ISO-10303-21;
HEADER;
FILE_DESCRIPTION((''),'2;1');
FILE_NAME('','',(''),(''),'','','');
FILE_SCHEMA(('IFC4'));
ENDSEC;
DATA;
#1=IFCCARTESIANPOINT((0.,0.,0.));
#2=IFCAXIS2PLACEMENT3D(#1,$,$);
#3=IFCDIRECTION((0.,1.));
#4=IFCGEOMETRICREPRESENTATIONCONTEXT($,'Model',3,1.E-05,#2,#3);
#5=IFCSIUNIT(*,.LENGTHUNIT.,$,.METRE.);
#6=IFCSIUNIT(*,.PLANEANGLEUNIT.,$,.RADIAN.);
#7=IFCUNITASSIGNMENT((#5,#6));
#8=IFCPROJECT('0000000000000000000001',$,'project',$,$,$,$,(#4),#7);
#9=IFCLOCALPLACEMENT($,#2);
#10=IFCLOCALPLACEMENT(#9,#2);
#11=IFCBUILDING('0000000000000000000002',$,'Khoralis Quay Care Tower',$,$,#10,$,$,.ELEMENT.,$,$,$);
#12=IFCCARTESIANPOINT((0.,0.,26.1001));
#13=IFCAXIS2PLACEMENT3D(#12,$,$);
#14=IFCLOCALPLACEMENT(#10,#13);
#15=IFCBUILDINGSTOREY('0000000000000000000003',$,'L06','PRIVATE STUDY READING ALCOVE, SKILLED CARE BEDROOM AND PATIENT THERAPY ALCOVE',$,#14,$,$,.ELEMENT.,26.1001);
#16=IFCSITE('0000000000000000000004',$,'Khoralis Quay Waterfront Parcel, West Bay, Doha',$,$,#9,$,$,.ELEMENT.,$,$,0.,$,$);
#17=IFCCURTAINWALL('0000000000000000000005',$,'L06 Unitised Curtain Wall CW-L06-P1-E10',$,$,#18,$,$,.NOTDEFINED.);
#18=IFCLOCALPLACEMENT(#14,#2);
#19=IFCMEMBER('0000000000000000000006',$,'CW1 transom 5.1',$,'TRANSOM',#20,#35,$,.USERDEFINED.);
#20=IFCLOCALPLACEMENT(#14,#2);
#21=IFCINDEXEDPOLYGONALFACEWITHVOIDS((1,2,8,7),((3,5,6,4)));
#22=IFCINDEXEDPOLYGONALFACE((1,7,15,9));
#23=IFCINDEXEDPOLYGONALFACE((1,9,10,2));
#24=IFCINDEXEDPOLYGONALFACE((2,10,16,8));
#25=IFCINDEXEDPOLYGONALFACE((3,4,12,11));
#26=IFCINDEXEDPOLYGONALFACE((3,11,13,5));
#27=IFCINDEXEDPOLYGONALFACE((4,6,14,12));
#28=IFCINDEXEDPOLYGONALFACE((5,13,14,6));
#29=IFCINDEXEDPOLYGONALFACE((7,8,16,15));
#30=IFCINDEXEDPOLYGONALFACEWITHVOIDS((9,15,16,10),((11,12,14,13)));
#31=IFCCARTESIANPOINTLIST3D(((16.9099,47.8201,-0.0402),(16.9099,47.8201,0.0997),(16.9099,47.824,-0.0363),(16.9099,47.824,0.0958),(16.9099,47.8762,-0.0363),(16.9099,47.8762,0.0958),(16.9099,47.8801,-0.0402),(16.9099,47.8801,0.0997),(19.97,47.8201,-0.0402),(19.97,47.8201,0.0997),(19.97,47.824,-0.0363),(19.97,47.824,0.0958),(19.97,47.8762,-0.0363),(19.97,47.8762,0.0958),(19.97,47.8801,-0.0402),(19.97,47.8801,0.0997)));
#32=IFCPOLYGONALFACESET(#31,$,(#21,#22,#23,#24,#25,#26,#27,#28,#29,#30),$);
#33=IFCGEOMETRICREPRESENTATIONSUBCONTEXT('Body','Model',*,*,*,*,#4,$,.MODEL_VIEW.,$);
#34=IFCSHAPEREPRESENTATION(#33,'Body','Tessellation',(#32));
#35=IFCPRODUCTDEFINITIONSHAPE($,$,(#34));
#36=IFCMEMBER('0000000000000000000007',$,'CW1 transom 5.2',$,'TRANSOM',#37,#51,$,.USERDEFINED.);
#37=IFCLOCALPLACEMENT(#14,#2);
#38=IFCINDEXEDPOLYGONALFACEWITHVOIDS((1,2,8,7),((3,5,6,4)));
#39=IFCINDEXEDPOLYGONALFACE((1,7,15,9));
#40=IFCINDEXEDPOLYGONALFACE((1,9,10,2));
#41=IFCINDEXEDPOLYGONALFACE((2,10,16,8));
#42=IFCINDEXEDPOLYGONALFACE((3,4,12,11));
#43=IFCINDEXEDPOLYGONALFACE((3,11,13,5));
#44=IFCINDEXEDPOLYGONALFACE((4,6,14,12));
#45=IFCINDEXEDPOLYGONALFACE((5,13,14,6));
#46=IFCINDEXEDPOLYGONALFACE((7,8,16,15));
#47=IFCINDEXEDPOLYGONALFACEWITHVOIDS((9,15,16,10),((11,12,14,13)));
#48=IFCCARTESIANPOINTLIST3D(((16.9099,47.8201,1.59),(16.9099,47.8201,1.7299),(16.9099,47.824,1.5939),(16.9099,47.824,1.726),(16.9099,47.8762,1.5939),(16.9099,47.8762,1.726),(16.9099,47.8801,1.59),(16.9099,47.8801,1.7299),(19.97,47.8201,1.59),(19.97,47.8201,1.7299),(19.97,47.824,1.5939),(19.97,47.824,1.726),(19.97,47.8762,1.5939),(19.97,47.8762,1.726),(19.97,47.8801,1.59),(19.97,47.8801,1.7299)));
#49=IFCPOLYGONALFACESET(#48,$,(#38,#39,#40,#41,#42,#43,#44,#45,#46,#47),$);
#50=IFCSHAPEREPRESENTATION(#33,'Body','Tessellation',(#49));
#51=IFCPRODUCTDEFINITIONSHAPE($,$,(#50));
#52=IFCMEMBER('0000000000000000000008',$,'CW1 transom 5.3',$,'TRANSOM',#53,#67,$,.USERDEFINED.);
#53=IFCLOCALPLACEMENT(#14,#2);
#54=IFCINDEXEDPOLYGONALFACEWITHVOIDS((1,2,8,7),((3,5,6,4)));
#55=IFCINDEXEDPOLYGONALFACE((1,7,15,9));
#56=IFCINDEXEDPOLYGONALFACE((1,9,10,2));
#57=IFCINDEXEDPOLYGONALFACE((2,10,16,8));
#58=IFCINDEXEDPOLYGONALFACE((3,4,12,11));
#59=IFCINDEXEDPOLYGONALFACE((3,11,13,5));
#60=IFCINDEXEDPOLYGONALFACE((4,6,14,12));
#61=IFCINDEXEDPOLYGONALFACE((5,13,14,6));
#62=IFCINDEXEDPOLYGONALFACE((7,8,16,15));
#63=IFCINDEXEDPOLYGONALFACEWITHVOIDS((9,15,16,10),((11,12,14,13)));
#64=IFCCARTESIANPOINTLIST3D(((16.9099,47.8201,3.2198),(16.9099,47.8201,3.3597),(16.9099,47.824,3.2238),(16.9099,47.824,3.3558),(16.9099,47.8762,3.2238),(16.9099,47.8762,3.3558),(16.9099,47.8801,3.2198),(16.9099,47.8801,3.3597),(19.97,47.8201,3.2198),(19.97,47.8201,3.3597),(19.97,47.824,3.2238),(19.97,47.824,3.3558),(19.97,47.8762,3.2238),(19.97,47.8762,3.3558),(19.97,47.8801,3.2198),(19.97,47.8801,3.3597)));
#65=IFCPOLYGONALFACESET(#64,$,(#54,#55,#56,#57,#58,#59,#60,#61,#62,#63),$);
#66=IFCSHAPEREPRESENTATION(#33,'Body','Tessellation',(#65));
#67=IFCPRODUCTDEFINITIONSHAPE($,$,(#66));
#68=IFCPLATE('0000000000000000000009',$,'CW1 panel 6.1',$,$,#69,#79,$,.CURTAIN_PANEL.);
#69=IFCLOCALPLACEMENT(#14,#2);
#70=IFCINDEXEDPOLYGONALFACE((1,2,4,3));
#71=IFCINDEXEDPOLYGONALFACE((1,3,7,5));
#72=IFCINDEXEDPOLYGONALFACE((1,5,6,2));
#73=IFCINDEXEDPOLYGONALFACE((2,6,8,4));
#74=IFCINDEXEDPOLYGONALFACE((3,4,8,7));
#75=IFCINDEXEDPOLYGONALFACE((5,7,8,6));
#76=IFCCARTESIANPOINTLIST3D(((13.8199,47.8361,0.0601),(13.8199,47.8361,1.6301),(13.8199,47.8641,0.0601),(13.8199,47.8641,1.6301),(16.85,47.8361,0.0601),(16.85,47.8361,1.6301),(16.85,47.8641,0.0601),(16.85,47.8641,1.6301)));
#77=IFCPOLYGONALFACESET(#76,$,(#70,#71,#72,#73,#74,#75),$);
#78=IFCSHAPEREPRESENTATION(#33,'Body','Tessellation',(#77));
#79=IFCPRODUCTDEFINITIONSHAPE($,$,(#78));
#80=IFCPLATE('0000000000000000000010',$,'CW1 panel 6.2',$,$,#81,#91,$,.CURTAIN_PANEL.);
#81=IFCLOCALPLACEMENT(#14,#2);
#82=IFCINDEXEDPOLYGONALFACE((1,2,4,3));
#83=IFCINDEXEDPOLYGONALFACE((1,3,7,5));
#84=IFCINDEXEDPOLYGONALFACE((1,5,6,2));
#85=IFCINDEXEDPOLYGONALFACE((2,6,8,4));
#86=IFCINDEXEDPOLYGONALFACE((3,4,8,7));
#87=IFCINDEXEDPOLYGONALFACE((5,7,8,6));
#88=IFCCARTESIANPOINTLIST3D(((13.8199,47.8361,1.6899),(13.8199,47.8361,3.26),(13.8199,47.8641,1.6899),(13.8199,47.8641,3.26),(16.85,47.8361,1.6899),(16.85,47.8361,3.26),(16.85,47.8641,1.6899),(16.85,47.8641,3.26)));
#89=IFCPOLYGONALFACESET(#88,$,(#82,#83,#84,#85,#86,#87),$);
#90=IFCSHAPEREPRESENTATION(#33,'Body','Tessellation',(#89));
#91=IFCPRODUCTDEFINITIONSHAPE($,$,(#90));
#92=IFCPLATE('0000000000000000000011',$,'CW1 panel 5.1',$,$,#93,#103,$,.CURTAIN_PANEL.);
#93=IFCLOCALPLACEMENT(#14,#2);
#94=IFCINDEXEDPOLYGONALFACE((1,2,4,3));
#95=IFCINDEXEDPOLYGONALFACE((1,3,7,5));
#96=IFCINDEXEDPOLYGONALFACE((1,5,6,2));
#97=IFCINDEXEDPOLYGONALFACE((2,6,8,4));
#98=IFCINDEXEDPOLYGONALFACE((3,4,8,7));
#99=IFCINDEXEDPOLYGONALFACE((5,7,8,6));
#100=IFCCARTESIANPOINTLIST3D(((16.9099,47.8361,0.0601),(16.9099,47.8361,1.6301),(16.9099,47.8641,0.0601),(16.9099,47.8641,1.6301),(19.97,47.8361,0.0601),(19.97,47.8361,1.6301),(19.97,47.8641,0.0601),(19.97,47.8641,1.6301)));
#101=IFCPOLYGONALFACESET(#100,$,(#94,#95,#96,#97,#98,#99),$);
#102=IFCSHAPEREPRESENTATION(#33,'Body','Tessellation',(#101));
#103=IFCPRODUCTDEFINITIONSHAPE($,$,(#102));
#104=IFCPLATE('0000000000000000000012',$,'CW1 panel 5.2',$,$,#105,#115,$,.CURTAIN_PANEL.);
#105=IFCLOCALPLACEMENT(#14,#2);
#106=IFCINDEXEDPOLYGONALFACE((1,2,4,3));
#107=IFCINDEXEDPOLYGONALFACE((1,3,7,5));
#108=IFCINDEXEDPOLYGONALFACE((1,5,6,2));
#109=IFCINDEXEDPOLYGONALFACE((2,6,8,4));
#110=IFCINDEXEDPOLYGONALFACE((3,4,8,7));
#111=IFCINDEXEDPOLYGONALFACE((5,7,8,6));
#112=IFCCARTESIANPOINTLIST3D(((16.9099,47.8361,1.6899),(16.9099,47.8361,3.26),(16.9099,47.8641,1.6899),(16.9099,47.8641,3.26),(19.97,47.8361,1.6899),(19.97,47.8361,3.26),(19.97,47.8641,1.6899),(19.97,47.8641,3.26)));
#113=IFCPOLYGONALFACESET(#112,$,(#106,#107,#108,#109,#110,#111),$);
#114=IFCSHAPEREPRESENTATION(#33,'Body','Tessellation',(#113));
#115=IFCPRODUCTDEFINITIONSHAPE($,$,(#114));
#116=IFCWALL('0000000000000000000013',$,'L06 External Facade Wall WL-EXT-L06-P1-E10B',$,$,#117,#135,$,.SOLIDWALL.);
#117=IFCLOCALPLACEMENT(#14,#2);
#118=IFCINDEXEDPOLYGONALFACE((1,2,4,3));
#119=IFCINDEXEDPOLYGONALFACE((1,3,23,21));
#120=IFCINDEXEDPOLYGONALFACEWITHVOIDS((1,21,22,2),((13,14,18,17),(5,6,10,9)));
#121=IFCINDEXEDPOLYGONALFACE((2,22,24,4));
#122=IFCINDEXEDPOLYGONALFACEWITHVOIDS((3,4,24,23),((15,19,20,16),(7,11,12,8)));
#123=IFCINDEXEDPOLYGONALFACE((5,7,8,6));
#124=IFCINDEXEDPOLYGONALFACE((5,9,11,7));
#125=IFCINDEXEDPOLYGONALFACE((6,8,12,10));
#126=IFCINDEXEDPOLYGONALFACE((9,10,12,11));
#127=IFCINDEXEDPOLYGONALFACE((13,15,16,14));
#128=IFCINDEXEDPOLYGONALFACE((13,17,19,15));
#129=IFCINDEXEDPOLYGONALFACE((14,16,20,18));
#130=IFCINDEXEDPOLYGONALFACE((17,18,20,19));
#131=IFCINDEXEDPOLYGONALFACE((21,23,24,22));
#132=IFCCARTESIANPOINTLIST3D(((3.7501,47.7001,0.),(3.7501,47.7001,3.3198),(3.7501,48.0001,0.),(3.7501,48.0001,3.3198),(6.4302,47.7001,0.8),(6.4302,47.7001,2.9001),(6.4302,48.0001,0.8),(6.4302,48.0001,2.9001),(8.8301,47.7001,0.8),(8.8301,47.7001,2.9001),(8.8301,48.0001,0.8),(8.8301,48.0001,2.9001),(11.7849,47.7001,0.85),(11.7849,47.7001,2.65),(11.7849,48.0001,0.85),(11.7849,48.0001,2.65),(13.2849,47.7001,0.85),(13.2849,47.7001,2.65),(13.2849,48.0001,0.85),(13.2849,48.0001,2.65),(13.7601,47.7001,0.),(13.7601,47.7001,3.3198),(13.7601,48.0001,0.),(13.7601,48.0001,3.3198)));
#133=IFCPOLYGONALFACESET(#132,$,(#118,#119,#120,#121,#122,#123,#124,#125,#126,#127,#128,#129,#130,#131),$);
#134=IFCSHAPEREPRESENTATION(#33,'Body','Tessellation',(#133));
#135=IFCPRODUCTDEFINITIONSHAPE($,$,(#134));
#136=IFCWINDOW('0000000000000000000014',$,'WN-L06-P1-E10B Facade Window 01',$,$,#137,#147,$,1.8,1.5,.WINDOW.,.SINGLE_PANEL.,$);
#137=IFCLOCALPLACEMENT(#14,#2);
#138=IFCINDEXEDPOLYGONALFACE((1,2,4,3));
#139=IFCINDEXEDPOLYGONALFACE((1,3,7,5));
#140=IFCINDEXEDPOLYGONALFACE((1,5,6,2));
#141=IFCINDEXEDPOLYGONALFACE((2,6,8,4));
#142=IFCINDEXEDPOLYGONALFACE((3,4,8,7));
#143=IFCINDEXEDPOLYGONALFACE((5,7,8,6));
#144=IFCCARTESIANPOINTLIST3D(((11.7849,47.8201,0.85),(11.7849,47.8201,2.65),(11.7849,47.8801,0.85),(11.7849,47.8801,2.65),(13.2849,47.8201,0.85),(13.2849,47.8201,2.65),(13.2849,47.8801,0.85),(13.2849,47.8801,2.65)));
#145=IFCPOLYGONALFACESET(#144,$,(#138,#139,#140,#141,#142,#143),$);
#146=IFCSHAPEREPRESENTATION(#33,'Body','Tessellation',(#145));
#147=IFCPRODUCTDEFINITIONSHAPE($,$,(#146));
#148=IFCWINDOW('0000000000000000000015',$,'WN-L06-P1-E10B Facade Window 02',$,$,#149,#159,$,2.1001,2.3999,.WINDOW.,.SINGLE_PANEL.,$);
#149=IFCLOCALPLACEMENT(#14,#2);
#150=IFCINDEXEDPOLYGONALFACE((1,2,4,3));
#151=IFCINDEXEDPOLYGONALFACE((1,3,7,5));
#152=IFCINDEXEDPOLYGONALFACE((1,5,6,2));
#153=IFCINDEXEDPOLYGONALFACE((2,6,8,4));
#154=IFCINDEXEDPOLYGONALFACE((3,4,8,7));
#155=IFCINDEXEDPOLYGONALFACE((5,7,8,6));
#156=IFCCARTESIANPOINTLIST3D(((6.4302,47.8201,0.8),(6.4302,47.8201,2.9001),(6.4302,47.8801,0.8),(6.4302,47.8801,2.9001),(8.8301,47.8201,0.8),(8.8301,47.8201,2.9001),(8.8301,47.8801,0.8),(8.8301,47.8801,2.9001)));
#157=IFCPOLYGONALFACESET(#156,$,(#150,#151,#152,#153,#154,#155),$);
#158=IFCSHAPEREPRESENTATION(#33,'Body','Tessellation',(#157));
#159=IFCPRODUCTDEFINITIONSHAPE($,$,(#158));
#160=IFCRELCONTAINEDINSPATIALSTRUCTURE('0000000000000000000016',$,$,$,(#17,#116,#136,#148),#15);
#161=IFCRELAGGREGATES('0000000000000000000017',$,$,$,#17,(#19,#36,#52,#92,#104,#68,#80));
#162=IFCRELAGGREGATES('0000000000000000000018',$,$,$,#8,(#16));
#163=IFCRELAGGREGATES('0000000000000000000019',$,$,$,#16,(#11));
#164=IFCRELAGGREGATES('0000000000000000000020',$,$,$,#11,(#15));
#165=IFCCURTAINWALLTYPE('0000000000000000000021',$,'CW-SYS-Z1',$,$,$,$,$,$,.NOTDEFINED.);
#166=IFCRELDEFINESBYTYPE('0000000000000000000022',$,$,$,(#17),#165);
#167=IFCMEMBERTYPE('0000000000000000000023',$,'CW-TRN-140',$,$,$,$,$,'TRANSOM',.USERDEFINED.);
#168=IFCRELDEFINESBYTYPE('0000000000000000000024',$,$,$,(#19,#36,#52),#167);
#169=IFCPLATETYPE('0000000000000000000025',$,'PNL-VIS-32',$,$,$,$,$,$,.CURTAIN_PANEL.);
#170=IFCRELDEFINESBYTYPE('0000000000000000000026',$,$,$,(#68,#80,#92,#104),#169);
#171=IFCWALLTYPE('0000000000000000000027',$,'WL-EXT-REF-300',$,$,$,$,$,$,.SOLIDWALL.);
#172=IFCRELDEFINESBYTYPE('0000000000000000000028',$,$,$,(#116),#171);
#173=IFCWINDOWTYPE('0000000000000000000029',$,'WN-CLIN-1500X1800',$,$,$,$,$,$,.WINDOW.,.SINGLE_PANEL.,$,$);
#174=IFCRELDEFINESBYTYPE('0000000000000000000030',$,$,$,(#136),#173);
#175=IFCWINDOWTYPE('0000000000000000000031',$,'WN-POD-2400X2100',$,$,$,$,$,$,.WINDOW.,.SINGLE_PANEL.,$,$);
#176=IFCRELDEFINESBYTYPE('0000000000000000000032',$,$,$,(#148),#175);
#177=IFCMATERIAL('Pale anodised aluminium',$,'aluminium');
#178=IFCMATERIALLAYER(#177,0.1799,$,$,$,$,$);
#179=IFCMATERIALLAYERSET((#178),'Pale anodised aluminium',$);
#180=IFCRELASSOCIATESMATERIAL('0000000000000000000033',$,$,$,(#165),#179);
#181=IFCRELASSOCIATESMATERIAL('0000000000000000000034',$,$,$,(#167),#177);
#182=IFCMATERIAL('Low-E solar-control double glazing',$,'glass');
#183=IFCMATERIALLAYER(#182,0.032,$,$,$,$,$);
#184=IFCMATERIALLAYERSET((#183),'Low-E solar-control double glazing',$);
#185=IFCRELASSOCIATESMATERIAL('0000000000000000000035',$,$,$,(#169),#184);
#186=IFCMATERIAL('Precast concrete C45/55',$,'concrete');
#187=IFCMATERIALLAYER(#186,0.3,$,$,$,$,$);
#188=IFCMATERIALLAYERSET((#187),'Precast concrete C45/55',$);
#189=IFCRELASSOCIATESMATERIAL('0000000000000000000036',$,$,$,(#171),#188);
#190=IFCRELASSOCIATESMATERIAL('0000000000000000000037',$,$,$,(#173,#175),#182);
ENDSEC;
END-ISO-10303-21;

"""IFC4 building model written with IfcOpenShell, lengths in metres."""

from ifc_helpers import new_model, si_unit, direction, frame, frame_2d, origin, origin_2d, place, context, subcontext, project, spatial, rectangle, hollow_rectangle, extrude, source, transform, mapped, material, layer, layer_set, material_profile, profile_set, type_object, element, fill, aggregate, save


model = new_model("IFC4")

# Units and contexts
model_context = context("Model", 3, precision=1e-05, world=origin(), true_north=direction((0.0, 1.0)))
body_context = subcontext(model_context, "Body", "Model", "MODEL_VIEW")
ifc_project = project(units=[si_unit("LENGTHUNIT", "METRE"), si_unit("PLANEANGLEUNIT", "RADIAN")], contexts=[model_context])

# Site, building, storey
site_placement = place(None, origin())
site = spatial("IfcSite", under=ifc_project, at=site_placement, Name="Khoralis Quay Waterfront Parcel, West Bay, Doha", CompositionType="ELEMENT", RefElevation=0.0)
building_placement = place(site_placement, origin())
building = spatial("IfcBuilding", under=site, at=building_placement, Name="Khoralis Quay Care Tower", CompositionType="ELEMENT")
storey_placement = place(building_placement, frame((0.0, 0.0, 26.1001)))
storey = spatial("IfcBuildingStorey", under=building, at=storey_placement, Name="L06", Description="PRIVATE STUDY READING ALCOVE, SKILLED CARE BEDROOM AND PATIENT THERAPY ALCOVE", CompositionType="ELEMENT", Elevation=26.1001)

# Curtain wall, members, plates
ifc_material_1 = material(Name="Pale anodised aluminium", Category="aluminium")
ifc_layer_1 = layer(ifc_material_1, 0.1799)
ifc_layer_set_1 = layer_set([ifc_layer_1], Name="Pale anodised aluminium")
curtain_wall_type = type_object("IfcCurtainWallType", Name="CW-SYS-Z1", PredefinedType="NOTDEFINED", material=ifc_layer_set_1)
curtain_wall_placement = place(storey_placement, origin())
curtain_wall = element("IfcCurtainWall", 1, at=curtain_wall_placement, inside=storey, type_object=curtain_wall_type, Name="L06 Unitised Curtain Wall CW-L06-P1-E10", PredefinedType="NOTDEFINED")
ifc_material_profile_1 = material_profile(ifc_material_1, hollow_rectangle(XDim=0.0601, YDim=0.1399, WallThickness=0.0039, at=origin_2d()), Name="Pale anodised aluminium")
ifc_profile_set_1 = profile_set([ifc_material_profile_1], Name="Pale anodised aluminium")
member_type_1 = type_object("IfcMemberType", Name="CW-TRN-140", ElementType="TRANSOM", PredefinedType="USERDEFINED", material=ifc_profile_set_1)
shared_shape_1 = source(origin(), body_context, "Body", "SweptSolid", [
    extrude(hollow_rectangle(XDim=0.0601, YDim=0.1399, WallThickness=0.0039, at=origin_2d()), origin(), (0.0, 0.0, 1.0), 3.0601),
])
member_1_placement = place(storey_placement, frame((19.97, 47.8501, 0.0298), z_axis=(-1.0, 0.0, 0.0), x_axis=(0.0, -1.0, 0.0)))
member_1 = element("IfcMember", 2, at=member_1_placement, type_object=member_type_1, Name="CW1 transom 5.1", ObjectType="TRANSOM", PredefinedType="USERDEFINED", context=body_context, shape_type="MappedRepresentation", body=[
    mapped(shared_shape_1, transform((0.0, 0.0, 0.0), scale=1.0)),
])
member_2_placement = place(storey_placement, frame((19.97, 47.8501, 1.6599), z_axis=(-1.0, 0.0, 0.0), x_axis=(0.0, -1.0, 0.0)))
member_2 = element("IfcMember", 3, at=member_2_placement, type_object=member_type_1, Name="CW1 transom 5.2", ObjectType="TRANSOM", PredefinedType="USERDEFINED", context=body_context, shape_type="MappedRepresentation", body=[
    mapped(shared_shape_1, transform((0.0, 0.0, 0.0), scale=1.0)),
])
member_3_placement = place(storey_placement, frame((19.97, 47.8501, 3.2898), z_axis=(-1.0, 0.0, 0.0), x_axis=(0.0, -1.0, 0.0)))
member_3 = element("IfcMember", 4, at=member_3_placement, type_object=member_type_1, Name="CW1 transom 5.3", ObjectType="TRANSOM", PredefinedType="USERDEFINED", context=body_context, shape_type="MappedRepresentation", body=[
    mapped(shared_shape_1, transform((0.0, 0.0, 0.0), scale=1.0)),
])
ifc_material_2 = material(Name="Low-E solar-control double glazing", Category="glass")
ifc_layer_2 = layer(ifc_material_2, 0.032)
ifc_layer_set_2 = layer_set([ifc_layer_2], Name="Low-E solar-control double glazing")
plate_type = type_object("IfcPlateType", Name="PNL-VIS-32", PredefinedType="CURTAIN_PANEL", material=ifc_layer_set_2)
shared_shape_2 = source(origin(), body_context, "Body", "SweptSolid", [
    extrude(rectangle(XDim=3.03, YDim=0.0281, at=origin_2d()), origin(), (0.0, 0.0, 1.0), 1.5701),
])
plate_1_placement = place(storey_placement, frame((15.335, 47.8501, 0.0601), z_axis=(0.0, 0.0, 1.0), x_axis=(-1.0, 0.0, 0.0)))
plate_1 = element("IfcPlate", 5, at=plate_1_placement, type_object=plate_type, Name="CW1 panel 6.1", PredefinedType="CURTAIN_PANEL", context=body_context, shape_type="MappedRepresentation", body=[
    mapped(shared_shape_2, transform((0.0, 0.0, 0.0), scale=1.0)),
])
plate_2_placement = place(storey_placement, frame((15.335, 47.8501, 1.6899), z_axis=(0.0, 0.0, 1.0), x_axis=(-1.0, 0.0, 0.0)))
plate_2 = element("IfcPlate", 6, at=plate_2_placement, type_object=plate_type, Name="CW1 panel 6.2", PredefinedType="CURTAIN_PANEL", context=body_context, shape_type="MappedRepresentation", body=[
    mapped(shared_shape_2, transform((0.0, 0.0, 0.0), scale=1.0)),
])
shared_shape_3 = source(origin(), body_context, "Body", "SweptSolid", [
    extrude(rectangle(XDim=3.0601, YDim=0.0281, at=origin_2d()), origin(), (0.0, 0.0, 1.0), 1.5701),
])
plate_3_placement = place(storey_placement, frame((18.4399, 47.8501, 0.0601), z_axis=(0.0, 0.0, 1.0), x_axis=(-1.0, 0.0, 0.0)))
plate_3 = element("IfcPlate", 7, at=plate_3_placement, type_object=plate_type, Name="CW1 panel 5.1", PredefinedType="CURTAIN_PANEL", context=body_context, shape_type="MappedRepresentation", body=[
    mapped(shared_shape_3, transform((0.0, 0.0, 0.0), scale=1.0)),
])
plate_4_placement = place(storey_placement, frame((18.4399, 47.8501, 1.6899), z_axis=(0.0, 0.0, 1.0), x_axis=(-1.0, 0.0, 0.0)))
plate_4 = element("IfcPlate", 8, at=plate_4_placement, type_object=plate_type, Name="CW1 panel 5.2", PredefinedType="CURTAIN_PANEL", context=body_context, shape_type="MappedRepresentation", body=[
    mapped(shared_shape_3, transform((0.0, 0.0, 0.0), scale=1.0)),
])
aggregate(curtain_wall, [member_1, member_2, member_3, plate_3, plate_4, plate_1, plate_2])

# Wall, openings, windows
ifc_material_3 = material(Name="Precast concrete C45/55", Category="concrete")
ifc_layer_3 = layer(ifc_material_3, 0.3)
ifc_layer_set_3 = layer_set([ifc_layer_3], Name="Precast concrete C45/55")
wall_type_1 = type_object("IfcWallType", Name="WL-EXT-REF-300", PredefinedType="SOLIDWALL", material=ifc_layer_set_3)
wall_1_placement = place(storey_placement, frame((13.76, 47.8501, 0.0), z_axis=(0.0, 0.0, 1.0), x_axis=(-1.0, 0.0, 0.0)))
wall_1 = element("IfcWall", 9, at=wall_1_placement, inside=storey, type_object=wall_type_1, Name="L06 External Facade Wall WL-EXT-L06-P1-E10B", PredefinedType="SOLIDWALL", context=body_context, shape_type="SweptSolid", body=[
    extrude(rectangle(XDim=10.01, YDim=0.3, at=frame_2d((5.0049, 0.0))), origin(), (0.0, 0.0, 1.0), 3.3198),
])
opening_1_placement = place(wall_1_placement, frame((0.4751, 0.0, 0.8501)))
opening_1 = element("IfcOpeningElement", 10, at=opening_1_placement, cuts=wall_1, PredefinedType="OPENING", context=body_context, shape_type="SweptSolid", body=[
    extrude(rectangle(XDim=1.5, YDim=1.8, at=frame_2d((0.75, 0.8999))), frame((0.0, 0.1602, 0.0), z_axis=(0.0, -1.0, 0.0), x_axis=(1.0, 0.0, 0.0)), (0.0, 0.0, 1.0), 0.3201),
])
opening_2_placement = place(wall_1_placement, frame((4.9299, 0.0, 0.8)))
opening_2 = element("IfcOpeningElement", 11, at=opening_2_placement, cuts=wall_1, PredefinedType="OPENING", context=body_context, shape_type="SweptSolid", body=[
    extrude(rectangle(XDim=2.3999, YDim=2.1001, at=frame_2d((1.2, 1.05))), frame((0.0, 0.1602, 0.0), z_axis=(0.0, -1.0, 0.0), x_axis=(1.0, 0.0, 0.0)), (0.0, 0.0, 1.0), 0.3201),
])
window_type_1 = type_object("IfcWindowType", Name="WN-CLIN-1500X1800", PartitioningType="SINGLE_PANEL", PredefinedType="WINDOW", material=ifc_material_2)
shared_shape_4 = source(origin(), body_context, "Body", "SweptSolid", [
    extrude(rectangle(XDim=1.5, YDim=1.8, at=frame_2d((0.75, 0.8999))), frame((0.0, 0.03, 0.0), z_axis=(0.0, -1.0, 0.0), x_axis=(1.0, 0.0, 0.0)), (0.0, 0.0, 1.0), 0.0601),
])
window_1_placement = place(opening_1_placement, origin())
window_1 = element("IfcWindow", 12, at=window_1_placement, inside=storey, type_object=window_type_1, Name="WN-L06-P1-E10B Facade Window 01", OverallHeight=1.8, OverallWidth=1.5, PartitioningType="SINGLE_PANEL", PredefinedType="WINDOW", context=body_context, shape_type="MappedRepresentation", body=[
    mapped(shared_shape_4, transform((0.0, 0.0, 0.0), scale=1.0)),
])
fill(opening_1, window_1)
window_type_2 = type_object("IfcWindowType", Name="WN-POD-2400X2100", PartitioningType="SINGLE_PANEL", PredefinedType="WINDOW", material=ifc_material_2)
shared_shape_5 = source(origin(), body_context, "Body", "SweptSolid", [
    extrude(rectangle(XDim=2.3999, YDim=2.1001, at=frame_2d((1.2, 1.05))), frame((0.0, 0.03, 0.0), z_axis=(0.0, -1.0, 0.0), x_axis=(1.0, 0.0, 0.0)), (0.0, 0.0, 1.0), 0.0601),
])
window_2_placement = place(opening_2_placement, origin())
window_2 = element("IfcWindow", 13, at=window_2_placement, inside=storey, type_object=window_type_2, Name="WN-L06-P1-E10B Facade Window 02", OverallHeight=2.1001, OverallWidth=2.3999, PartitioningType="SINGLE_PANEL", PredefinedType="WINDOW", context=body_context, shape_type="MappedRepresentation", body=[
    mapped(shared_shape_5, transform((0.0, 0.0, 0.0), scale=1.0)),
])
fill(opening_2, window_2)

save(model, "model.ifc")
